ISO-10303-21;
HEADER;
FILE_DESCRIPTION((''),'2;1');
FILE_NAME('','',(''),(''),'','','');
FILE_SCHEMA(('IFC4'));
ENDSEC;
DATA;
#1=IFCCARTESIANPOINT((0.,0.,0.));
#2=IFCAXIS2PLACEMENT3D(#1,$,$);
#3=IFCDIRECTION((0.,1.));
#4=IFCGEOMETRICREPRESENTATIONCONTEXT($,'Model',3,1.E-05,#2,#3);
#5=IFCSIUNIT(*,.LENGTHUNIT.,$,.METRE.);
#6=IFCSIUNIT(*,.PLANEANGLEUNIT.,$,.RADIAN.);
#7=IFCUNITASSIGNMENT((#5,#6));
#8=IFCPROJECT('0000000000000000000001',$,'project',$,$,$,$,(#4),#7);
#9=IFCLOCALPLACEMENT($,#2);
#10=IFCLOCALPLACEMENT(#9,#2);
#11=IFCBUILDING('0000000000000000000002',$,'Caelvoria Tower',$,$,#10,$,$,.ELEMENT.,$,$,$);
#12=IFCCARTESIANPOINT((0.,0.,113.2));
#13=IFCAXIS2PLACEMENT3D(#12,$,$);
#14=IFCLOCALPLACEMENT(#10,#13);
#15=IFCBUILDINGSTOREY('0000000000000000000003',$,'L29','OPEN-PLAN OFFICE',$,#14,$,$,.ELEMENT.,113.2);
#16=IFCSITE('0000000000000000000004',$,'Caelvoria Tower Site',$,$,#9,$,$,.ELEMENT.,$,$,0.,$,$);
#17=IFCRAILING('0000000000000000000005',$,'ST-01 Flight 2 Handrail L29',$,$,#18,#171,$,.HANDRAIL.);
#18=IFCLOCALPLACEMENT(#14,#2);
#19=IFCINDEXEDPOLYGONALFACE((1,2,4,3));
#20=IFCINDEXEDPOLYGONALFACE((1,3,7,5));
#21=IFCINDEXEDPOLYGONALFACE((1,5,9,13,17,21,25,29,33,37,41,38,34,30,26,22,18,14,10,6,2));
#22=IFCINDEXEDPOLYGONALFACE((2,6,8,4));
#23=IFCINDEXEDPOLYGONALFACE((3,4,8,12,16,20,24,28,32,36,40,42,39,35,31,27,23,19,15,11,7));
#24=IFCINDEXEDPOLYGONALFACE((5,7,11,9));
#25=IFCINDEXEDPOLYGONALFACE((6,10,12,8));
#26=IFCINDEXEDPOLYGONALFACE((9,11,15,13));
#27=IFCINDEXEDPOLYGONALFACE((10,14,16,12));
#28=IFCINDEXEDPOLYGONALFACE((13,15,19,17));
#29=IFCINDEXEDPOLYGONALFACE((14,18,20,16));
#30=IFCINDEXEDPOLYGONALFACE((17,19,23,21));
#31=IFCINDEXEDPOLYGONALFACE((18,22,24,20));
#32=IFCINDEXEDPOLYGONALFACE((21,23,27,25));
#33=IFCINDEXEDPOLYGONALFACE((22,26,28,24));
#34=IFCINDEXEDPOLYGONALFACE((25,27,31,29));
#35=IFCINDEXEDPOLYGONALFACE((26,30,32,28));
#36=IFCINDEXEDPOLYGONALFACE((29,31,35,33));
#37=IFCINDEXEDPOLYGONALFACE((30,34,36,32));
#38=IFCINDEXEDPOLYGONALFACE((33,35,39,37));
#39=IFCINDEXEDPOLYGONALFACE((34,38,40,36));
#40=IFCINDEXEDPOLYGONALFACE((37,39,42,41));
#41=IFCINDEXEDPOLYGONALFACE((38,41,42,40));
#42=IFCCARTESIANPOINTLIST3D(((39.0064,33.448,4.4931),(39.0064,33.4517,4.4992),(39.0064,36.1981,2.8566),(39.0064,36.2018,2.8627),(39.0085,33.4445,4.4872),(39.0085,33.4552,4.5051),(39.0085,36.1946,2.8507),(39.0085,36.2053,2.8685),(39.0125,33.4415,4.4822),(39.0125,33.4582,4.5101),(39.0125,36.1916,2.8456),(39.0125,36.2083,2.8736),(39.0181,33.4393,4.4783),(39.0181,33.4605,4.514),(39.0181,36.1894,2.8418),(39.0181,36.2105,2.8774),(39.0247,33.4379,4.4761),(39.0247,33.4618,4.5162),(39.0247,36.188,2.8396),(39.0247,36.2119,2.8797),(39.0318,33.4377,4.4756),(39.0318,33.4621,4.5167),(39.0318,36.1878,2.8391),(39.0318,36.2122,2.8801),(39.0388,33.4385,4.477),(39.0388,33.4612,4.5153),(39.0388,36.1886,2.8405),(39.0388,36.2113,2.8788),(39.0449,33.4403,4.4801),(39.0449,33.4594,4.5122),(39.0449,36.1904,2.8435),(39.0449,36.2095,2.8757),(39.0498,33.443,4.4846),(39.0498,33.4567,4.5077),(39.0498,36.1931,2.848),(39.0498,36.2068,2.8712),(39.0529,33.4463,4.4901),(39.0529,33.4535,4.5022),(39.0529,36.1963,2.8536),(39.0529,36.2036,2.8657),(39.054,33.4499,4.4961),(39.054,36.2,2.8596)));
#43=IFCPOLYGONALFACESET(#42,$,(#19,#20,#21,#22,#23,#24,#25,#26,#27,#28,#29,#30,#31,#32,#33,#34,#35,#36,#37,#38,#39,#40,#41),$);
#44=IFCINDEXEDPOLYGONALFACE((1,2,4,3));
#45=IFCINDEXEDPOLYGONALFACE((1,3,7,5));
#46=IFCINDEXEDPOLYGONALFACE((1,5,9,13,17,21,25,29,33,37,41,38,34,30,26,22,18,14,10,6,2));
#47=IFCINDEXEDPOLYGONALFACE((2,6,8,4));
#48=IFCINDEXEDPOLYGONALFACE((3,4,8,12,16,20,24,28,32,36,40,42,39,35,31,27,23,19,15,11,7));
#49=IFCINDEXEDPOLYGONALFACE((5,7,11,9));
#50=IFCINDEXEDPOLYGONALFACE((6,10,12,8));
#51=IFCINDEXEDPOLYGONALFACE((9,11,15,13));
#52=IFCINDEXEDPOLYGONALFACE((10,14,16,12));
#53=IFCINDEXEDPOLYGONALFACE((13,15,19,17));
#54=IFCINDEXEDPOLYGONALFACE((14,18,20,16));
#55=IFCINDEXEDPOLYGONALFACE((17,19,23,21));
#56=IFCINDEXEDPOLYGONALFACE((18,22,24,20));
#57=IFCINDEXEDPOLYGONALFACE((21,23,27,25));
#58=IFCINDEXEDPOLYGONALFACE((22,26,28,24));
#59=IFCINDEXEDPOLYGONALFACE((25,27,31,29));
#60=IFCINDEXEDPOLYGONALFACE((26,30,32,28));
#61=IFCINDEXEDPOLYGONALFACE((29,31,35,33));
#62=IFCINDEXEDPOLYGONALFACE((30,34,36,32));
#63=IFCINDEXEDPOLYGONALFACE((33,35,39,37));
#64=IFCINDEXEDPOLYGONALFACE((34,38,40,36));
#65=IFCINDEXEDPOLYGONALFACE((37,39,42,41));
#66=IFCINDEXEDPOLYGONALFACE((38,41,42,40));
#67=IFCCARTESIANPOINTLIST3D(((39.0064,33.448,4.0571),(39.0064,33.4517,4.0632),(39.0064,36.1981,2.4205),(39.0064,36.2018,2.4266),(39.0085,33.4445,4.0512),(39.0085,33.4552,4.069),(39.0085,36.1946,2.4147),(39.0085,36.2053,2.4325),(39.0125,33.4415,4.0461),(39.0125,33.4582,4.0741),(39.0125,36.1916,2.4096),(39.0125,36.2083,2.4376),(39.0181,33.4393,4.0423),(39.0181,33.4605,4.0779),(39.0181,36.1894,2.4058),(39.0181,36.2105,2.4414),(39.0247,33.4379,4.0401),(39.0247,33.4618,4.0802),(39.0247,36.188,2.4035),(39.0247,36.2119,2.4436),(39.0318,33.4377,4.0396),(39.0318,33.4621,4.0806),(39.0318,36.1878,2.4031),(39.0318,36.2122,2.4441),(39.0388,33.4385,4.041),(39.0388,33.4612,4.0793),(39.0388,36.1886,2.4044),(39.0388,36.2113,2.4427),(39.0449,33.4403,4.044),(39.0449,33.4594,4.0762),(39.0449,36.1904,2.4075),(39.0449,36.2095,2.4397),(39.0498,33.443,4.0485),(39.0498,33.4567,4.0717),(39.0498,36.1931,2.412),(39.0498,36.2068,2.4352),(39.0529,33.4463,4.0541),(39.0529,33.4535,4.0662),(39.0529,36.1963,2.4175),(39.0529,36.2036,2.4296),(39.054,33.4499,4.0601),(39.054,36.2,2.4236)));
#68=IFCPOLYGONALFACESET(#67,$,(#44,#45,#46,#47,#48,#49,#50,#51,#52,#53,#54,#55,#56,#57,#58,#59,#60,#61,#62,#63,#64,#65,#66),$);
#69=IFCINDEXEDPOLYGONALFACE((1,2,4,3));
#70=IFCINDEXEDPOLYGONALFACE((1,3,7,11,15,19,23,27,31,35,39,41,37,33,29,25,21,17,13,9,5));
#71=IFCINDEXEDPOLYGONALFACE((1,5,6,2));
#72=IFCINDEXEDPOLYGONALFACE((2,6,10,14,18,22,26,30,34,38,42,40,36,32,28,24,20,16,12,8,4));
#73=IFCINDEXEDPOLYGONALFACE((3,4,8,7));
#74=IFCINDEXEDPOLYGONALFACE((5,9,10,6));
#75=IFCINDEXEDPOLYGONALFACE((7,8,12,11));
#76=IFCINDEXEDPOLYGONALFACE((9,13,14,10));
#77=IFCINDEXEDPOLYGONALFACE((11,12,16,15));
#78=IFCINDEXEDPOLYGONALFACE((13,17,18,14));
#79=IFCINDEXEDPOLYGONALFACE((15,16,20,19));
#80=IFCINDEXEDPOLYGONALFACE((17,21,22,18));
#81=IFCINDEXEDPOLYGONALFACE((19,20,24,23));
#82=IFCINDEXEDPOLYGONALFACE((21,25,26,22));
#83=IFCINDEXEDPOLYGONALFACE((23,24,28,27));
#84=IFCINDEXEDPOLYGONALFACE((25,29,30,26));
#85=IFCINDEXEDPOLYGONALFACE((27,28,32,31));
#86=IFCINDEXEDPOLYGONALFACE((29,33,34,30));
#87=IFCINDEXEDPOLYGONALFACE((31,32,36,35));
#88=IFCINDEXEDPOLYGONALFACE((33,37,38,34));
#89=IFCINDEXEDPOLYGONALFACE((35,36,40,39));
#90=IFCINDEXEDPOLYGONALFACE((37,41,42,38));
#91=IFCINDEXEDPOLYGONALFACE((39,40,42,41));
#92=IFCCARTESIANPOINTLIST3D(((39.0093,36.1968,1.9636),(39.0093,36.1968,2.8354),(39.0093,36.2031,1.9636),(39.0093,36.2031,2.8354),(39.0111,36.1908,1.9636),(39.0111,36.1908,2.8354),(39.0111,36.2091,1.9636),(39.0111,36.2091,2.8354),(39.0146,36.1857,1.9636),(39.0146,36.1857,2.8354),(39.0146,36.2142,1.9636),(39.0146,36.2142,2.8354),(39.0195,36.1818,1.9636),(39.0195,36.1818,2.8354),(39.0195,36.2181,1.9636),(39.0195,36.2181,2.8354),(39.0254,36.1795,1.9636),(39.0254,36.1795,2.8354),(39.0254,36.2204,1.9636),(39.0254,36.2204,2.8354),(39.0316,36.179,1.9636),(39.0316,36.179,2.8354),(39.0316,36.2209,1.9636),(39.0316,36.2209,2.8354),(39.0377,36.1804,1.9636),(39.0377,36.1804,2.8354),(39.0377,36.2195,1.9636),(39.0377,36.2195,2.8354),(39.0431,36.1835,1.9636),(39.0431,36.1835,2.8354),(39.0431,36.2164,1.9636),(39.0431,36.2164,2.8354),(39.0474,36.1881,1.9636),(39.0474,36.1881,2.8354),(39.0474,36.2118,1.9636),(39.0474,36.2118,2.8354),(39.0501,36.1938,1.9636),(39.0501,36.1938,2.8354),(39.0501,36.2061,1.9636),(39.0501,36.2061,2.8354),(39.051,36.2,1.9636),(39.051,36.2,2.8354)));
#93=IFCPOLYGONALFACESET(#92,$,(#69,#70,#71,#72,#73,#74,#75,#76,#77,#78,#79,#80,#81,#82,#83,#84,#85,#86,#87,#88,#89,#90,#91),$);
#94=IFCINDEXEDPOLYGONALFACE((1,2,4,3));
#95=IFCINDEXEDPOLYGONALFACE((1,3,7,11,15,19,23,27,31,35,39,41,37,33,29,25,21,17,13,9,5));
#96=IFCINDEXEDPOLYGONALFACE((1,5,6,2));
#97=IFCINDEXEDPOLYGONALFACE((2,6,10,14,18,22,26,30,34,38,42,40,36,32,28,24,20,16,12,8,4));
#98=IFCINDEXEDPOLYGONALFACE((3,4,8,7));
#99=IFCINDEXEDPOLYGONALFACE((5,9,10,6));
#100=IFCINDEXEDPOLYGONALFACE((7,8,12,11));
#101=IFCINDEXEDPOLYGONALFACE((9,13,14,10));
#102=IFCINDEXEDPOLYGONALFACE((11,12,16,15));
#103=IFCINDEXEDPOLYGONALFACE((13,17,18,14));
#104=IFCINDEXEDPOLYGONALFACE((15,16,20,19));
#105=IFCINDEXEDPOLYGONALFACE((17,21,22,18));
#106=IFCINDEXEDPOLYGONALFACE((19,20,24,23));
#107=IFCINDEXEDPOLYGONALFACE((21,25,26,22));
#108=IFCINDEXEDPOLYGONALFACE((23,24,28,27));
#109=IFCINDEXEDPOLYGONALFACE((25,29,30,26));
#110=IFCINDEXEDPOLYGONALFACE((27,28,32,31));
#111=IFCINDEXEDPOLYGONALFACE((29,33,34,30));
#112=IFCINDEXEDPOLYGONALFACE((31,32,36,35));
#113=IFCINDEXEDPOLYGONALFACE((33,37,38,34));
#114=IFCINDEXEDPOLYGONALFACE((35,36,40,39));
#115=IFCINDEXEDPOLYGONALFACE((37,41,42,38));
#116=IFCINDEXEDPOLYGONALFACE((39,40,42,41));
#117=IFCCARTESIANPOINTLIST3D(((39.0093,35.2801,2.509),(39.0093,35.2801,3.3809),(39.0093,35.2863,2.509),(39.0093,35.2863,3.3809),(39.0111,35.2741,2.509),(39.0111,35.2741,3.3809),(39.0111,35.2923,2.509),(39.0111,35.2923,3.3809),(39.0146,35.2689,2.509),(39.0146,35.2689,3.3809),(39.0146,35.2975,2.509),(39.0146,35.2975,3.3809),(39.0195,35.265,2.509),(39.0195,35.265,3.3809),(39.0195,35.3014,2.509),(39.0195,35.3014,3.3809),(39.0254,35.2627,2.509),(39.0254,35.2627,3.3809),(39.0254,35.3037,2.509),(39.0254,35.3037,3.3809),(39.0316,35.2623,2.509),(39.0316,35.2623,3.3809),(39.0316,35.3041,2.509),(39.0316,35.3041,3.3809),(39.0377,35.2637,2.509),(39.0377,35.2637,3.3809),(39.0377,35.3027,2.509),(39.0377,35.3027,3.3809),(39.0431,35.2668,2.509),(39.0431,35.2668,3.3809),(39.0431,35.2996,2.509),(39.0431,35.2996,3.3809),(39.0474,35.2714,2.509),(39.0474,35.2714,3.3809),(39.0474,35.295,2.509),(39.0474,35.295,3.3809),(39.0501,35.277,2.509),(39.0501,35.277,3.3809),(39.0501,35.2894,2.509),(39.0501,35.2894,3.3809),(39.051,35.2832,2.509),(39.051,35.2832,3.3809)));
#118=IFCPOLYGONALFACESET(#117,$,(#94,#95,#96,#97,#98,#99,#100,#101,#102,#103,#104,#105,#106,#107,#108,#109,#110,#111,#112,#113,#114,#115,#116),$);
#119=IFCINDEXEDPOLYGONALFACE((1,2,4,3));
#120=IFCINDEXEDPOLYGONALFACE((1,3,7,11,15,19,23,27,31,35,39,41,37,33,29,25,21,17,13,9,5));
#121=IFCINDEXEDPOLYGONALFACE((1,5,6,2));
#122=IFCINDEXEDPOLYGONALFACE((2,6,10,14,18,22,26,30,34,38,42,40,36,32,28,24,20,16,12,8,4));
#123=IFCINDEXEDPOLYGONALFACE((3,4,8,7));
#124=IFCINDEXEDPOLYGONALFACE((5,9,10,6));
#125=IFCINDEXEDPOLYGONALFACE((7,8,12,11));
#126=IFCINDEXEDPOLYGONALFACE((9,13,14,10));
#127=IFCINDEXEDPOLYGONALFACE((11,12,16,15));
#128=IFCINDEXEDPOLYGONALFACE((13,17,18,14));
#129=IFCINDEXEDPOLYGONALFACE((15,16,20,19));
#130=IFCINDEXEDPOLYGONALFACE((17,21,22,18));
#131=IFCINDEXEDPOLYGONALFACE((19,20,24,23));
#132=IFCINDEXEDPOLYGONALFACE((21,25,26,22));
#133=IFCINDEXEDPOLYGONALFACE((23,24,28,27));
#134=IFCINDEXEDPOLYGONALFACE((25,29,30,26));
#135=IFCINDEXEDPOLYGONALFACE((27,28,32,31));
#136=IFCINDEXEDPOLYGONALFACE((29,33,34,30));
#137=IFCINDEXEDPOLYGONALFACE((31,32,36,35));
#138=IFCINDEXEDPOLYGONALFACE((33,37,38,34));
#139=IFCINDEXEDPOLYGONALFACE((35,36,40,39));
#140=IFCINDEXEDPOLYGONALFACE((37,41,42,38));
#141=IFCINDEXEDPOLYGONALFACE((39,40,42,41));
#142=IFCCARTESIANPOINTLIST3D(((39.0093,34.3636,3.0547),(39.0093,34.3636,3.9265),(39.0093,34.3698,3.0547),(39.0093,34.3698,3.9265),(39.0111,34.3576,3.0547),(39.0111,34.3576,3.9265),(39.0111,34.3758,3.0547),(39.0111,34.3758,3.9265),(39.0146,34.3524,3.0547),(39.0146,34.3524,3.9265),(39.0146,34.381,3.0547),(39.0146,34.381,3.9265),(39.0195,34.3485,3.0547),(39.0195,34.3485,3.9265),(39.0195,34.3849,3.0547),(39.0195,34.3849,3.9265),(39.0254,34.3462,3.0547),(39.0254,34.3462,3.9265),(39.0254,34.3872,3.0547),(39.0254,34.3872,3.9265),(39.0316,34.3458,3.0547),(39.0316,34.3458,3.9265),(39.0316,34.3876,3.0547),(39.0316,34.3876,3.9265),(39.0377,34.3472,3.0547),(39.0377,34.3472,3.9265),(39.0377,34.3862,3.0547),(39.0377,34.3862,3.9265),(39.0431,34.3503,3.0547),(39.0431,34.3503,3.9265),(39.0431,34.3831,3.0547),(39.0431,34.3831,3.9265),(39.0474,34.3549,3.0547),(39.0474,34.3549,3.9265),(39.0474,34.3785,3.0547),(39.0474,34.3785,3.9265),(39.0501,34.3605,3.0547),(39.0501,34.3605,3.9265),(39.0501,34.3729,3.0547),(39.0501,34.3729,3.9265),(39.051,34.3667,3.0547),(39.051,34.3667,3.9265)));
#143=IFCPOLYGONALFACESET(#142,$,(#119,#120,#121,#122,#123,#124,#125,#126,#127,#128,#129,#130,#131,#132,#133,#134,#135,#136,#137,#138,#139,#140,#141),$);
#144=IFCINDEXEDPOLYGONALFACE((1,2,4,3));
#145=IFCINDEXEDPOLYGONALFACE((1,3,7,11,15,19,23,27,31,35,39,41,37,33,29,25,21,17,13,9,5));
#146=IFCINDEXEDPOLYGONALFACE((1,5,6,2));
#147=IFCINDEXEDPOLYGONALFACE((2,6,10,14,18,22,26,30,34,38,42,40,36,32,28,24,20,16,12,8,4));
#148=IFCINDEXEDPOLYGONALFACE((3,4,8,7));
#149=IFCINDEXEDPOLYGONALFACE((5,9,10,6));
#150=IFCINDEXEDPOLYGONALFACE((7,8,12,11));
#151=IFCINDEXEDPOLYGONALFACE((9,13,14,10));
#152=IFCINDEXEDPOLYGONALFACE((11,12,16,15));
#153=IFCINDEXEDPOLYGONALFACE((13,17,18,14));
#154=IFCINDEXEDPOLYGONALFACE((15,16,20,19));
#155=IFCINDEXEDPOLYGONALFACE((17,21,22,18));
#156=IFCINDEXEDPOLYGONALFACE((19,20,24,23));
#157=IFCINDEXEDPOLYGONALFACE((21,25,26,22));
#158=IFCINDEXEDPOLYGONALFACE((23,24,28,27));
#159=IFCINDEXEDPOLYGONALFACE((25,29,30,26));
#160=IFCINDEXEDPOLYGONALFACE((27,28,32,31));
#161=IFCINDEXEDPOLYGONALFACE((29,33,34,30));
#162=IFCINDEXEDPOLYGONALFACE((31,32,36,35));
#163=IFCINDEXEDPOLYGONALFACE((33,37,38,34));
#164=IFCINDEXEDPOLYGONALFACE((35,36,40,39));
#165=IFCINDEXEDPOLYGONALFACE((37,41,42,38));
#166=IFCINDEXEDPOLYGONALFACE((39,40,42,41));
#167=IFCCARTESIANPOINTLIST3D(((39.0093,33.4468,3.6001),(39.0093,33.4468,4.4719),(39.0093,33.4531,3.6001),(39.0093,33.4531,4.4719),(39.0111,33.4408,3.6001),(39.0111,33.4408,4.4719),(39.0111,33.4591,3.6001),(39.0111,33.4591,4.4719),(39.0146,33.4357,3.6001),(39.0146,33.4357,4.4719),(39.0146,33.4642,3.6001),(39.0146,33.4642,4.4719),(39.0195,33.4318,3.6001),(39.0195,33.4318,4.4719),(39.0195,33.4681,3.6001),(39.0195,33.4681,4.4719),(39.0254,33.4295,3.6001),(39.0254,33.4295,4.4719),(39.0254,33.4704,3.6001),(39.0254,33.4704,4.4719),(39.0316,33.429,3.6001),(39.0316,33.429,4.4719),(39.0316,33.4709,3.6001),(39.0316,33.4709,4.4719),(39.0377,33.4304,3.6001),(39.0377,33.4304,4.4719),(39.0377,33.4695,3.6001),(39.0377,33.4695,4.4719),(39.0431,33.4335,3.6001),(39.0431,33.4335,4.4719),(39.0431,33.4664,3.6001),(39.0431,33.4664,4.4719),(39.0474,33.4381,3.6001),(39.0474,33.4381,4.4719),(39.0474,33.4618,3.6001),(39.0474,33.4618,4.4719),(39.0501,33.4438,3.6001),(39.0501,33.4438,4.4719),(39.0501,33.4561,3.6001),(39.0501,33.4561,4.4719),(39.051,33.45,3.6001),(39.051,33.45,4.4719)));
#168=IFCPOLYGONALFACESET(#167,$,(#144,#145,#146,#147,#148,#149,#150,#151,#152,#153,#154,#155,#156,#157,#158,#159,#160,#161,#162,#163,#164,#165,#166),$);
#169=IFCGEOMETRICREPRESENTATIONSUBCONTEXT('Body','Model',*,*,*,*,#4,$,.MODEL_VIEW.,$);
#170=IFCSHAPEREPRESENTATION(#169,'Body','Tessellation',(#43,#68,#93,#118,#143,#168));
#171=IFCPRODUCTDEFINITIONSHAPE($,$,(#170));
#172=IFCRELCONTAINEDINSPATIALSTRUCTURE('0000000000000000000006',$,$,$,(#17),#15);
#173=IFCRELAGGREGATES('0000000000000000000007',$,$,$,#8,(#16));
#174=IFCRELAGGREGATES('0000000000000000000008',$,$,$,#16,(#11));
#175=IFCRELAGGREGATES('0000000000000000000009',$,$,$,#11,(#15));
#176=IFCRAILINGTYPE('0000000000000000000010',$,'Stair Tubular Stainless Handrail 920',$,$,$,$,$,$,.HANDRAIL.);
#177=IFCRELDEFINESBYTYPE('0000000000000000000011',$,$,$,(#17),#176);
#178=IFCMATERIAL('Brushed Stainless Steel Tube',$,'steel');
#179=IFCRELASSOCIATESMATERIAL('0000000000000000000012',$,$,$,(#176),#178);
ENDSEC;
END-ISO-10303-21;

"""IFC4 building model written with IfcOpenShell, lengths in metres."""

from ifc_helpers import new_model, si_unit, direction, frame, origin, origin_2d, place, context, subcontext, project, spatial, circle, extrude, material, type_object, element, save


model = new_model("IFC4")

# Units and contexts
model_context = context("Model", 3, precision=1e-05, world=origin(), true_north=direction((0.0, 1.0)))
body_context = subcontext(model_context, "Body", "Model", "MODEL_VIEW")
ifc_project = project(units=[si_unit("LENGTHUNIT", "METRE"), si_unit("PLANEANGLEUNIT", "RADIAN")], contexts=[model_context])

# Site, building, storey
site_placement = place(None, origin())
site = spatial("IfcSite", under=ifc_project, at=site_placement, Name="Caelvoria Tower Site", CompositionType="ELEMENT", RefElevation=0.0)
building_placement = place(site_placement, origin())
building = spatial("IfcBuilding", under=site, at=building_placement, Name="Caelvoria Tower", CompositionType="ELEMENT")
storey_placement = place(building_placement, frame((0.0, 0.0, 113.2)))
storey = spatial("IfcBuildingStorey", under=building, at=storey_placement, Name="L29", Description="OPEN-PLAN OFFICE", CompositionType="ELEMENT", Elevation=113.2)

# Railing
ifc_material_1 = material(Name="Brushed Stainless Steel Tube", Category="steel")
railing_type_1 = type_object("IfcRailingType", Name="Stair Tubular Stainless Handrail 920", PredefinedType="HANDRAIL", material=ifc_material_1)
railing_1_placement = place(storey_placement, frame((39.03, 36.2, 1.9636)))
element("IfcRailing", 1, at=railing_1_placement, inside=storey, type_object=railing_type_1, Name="ST-01 Flight 2 Handrail L29", PredefinedType="HANDRAIL", context=body_context, shape_type="SweptSolid", body=[
    extrude(circle(Radius=0.0239, at=origin_2d()), frame((0.0, 0.0, 0.896), z_axis=(0.0, -0.859352, 0.511385), x_axis=(1.0, 0.0, 0.0)), (0.0, 0.0, 1.0), 3.2002),
    extrude(circle(Radius=0.0239, at=origin_2d()), frame((0.0, 0.0, 0.46), z_axis=(0.0, -0.859352, 0.511385), x_axis=(1.0, 0.0, 0.0)), (0.0, 0.0, 1.0), 3.2002),
    extrude(circle(Radius=0.021, at=origin_2d()), origin(), (0.0, 0.0, 1.0), 0.8718),
    extrude(circle(Radius=0.021, at=origin_2d()), frame((0.0, -0.9167, 0.5454)), (0.0, 0.0, 1.0), 0.8718),
    extrude(circle(Radius=0.021, at=origin_2d()), frame((0.0, -1.8333, 1.0911)), (0.0, 0.0, 1.0), 0.8718),
    extrude(circle(Radius=0.021, at=origin_2d()), frame((0.0, -2.75, 1.6365)), (0.0, 0.0, 1.0), 0.8718),
])

save(model, "model.ifc")
